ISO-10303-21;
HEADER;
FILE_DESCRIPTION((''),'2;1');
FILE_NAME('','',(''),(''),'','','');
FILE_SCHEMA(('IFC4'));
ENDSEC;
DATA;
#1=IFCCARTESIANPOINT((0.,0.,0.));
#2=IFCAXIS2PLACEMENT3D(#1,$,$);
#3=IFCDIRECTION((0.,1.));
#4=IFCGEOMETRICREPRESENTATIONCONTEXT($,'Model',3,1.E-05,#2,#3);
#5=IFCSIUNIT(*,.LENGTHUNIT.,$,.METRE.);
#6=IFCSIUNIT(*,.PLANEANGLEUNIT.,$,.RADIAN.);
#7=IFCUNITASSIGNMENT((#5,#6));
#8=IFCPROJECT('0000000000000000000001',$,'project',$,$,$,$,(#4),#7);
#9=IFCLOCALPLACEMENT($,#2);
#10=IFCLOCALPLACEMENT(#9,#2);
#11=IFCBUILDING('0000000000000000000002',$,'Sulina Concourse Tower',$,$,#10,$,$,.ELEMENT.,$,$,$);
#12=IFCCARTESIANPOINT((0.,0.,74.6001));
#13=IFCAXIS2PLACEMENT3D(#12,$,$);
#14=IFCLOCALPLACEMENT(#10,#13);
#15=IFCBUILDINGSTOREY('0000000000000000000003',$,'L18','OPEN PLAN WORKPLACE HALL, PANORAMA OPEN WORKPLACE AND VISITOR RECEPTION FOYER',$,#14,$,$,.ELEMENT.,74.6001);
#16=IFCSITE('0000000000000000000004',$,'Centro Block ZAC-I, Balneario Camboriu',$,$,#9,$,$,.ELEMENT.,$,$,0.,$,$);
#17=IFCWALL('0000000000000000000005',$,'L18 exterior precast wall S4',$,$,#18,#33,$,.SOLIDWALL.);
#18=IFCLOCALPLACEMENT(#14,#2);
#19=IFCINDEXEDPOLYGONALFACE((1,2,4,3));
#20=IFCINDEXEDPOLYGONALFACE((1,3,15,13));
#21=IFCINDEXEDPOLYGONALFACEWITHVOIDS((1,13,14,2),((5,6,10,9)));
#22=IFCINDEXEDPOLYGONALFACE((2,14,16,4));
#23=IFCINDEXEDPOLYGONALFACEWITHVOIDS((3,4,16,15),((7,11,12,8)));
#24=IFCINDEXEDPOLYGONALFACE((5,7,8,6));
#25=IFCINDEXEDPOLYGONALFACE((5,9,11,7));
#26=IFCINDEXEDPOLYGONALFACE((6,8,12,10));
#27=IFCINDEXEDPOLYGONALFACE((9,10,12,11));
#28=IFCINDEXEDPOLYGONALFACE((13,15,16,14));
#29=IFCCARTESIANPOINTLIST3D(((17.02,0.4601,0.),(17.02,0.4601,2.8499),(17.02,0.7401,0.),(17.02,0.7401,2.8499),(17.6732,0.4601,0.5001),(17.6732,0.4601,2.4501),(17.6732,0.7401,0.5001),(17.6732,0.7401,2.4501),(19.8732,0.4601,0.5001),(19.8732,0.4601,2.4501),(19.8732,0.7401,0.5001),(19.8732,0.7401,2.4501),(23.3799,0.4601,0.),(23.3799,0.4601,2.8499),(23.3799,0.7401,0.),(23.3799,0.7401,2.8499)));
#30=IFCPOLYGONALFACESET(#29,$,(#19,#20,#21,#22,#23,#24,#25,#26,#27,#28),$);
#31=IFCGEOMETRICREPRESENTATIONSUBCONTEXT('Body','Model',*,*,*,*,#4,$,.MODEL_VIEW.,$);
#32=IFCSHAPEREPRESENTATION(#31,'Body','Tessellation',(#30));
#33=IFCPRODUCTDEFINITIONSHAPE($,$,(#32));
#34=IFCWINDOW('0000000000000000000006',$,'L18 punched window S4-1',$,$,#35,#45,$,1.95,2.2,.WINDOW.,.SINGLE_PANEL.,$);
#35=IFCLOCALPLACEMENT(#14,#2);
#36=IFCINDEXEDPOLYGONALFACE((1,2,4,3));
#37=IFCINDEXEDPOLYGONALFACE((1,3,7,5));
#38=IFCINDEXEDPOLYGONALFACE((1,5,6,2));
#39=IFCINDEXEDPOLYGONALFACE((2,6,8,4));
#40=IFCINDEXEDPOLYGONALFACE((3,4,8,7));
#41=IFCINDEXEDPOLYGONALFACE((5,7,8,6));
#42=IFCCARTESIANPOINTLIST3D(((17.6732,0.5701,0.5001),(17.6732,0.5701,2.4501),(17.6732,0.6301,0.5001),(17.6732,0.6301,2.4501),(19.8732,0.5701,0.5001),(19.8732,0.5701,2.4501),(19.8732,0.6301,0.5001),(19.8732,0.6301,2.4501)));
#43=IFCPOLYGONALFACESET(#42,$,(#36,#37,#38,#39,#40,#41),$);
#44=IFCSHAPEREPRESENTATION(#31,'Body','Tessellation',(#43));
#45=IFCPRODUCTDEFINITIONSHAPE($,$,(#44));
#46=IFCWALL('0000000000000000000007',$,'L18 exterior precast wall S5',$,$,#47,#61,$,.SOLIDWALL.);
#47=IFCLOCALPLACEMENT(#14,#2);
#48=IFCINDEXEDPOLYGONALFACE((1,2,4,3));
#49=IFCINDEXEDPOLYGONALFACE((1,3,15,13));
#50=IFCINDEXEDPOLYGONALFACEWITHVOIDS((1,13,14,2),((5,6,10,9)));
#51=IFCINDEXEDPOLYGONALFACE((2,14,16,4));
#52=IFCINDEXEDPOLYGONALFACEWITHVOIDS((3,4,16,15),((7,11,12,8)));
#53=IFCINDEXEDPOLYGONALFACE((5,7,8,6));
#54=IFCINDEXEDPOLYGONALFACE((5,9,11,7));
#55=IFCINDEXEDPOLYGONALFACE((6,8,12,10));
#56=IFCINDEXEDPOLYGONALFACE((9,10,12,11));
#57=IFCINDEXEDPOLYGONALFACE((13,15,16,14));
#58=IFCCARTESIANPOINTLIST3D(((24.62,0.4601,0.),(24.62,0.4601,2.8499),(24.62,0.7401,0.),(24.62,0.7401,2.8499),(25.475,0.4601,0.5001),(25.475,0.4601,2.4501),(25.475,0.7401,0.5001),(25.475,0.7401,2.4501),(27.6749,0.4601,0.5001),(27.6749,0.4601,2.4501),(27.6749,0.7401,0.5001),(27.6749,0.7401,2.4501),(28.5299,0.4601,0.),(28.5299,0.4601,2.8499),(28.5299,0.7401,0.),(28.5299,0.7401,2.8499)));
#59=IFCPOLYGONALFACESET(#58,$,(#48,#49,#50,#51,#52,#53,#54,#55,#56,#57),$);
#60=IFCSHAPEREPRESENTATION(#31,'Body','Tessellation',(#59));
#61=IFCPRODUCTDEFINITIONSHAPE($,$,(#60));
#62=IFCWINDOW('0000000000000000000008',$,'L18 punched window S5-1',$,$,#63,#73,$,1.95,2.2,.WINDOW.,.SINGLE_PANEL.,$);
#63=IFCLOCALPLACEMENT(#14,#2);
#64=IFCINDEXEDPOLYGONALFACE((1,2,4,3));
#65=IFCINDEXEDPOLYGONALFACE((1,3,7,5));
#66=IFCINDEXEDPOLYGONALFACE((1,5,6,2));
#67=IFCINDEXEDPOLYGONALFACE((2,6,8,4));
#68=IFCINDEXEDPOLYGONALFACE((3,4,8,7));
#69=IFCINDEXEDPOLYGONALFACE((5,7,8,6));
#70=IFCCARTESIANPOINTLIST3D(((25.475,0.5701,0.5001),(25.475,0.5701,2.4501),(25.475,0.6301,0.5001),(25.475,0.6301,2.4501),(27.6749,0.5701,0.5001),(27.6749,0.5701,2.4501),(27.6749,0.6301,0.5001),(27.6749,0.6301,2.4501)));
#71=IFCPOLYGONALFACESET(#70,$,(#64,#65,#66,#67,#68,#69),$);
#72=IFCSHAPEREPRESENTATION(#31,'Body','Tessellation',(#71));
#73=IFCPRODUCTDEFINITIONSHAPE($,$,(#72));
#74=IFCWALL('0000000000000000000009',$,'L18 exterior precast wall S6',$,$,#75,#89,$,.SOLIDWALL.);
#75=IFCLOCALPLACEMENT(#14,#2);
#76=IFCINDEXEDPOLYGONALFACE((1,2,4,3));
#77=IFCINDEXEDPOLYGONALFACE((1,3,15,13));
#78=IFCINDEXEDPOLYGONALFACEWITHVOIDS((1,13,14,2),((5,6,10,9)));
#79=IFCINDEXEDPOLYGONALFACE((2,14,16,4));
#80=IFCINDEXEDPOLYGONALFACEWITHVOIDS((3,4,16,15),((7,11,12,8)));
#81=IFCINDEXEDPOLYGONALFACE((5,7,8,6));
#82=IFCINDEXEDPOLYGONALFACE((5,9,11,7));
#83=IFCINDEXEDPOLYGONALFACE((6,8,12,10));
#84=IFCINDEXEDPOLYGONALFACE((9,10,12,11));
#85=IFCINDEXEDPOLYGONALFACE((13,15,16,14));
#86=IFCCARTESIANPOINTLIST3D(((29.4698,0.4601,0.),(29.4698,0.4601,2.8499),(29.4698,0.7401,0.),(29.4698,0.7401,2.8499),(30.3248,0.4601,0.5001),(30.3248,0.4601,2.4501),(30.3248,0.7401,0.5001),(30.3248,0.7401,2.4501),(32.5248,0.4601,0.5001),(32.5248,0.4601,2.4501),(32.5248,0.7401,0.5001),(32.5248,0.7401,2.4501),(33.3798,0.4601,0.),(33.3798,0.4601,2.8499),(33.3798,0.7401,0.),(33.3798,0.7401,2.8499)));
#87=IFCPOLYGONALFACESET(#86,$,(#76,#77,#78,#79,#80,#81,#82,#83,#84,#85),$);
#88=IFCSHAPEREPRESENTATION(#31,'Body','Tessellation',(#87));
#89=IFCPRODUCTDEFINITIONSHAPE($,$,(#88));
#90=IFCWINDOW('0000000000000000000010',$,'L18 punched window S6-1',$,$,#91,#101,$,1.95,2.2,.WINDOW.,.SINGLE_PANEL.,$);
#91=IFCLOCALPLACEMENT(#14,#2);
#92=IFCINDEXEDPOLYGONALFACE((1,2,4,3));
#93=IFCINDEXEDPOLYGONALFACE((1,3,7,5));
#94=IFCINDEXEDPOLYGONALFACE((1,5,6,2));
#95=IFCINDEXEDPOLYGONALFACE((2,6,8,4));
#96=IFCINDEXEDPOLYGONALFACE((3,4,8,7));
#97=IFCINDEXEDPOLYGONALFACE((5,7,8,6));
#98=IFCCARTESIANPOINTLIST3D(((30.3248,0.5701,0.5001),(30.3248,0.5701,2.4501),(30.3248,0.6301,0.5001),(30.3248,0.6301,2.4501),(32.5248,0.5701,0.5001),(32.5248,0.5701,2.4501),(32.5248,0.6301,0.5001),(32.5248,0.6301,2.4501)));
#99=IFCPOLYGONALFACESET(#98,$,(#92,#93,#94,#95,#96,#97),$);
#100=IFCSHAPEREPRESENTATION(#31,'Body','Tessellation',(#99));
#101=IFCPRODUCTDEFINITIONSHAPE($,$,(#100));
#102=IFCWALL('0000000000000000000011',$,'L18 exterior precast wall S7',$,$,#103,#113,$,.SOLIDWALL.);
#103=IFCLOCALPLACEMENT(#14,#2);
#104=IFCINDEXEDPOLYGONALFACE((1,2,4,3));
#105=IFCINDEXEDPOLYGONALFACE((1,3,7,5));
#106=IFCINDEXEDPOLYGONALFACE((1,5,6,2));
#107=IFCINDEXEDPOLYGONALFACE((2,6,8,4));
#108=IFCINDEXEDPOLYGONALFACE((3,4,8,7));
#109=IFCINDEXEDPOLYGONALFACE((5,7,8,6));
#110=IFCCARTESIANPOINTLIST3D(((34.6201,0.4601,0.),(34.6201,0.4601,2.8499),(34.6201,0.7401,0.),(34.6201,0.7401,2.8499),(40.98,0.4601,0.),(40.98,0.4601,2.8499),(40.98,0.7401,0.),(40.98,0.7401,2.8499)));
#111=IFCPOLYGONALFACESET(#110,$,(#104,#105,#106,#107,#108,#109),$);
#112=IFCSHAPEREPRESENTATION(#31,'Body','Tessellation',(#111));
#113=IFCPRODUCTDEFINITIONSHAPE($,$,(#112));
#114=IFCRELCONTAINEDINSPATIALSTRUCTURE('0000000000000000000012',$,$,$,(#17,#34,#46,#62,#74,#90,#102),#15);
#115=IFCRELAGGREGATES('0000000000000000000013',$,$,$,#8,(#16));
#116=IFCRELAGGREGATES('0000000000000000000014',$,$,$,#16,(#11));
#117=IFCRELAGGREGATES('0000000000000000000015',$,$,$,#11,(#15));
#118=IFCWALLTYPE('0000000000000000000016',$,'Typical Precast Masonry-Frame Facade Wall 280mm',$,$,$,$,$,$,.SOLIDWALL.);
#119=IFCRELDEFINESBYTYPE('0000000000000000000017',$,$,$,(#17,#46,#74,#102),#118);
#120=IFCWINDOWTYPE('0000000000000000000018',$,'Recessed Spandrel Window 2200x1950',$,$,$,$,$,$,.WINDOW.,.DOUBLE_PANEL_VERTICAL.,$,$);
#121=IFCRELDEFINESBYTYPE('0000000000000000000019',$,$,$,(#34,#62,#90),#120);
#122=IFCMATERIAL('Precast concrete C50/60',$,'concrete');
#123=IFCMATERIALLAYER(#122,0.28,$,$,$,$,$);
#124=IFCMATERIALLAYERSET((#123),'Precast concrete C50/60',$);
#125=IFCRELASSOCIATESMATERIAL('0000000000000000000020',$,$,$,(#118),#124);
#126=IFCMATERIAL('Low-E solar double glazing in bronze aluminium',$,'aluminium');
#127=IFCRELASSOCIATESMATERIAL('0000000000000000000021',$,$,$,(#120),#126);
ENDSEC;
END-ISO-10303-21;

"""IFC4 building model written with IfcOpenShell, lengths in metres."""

from ifc_helpers import new_model, si_unit, direction, frame, frame_2d, origin, place, context, subcontext, project, spatial, rectangle, extrude, material, layer, layer_set, type_object, element, fill, save


model = new_model("IFC4")

# Units and contexts
model_context = context("Model", 3, precision=1e-05, world=origin(), true_north=direction((0.0, 1.0)))
body_context = subcontext(model_context, "Body", "Model", "MODEL_VIEW")
ifc_project = project(units=[si_unit("LENGTHUNIT", "METRE"), si_unit("PLANEANGLEUNIT", "RADIAN")], contexts=[model_context])

# Site, building, storey
site_placement = place(None, origin())
site = spatial("IfcSite", under=ifc_project, at=site_placement, Name="Centro Block ZAC-I, Balneario Camboriu", CompositionType="ELEMENT", RefElevation=0.0)
building_placement = place(site_placement, origin())
building = spatial("IfcBuilding", under=site, at=building_placement, Name="Sulina Concourse Tower", CompositionType="ELEMENT")
storey_placement = place(building_placement, frame((0.0, 0.0, 74.6001)))
storey = spatial("IfcBuildingStorey", under=building, at=storey_placement, Name="L18", Description="OPEN PLAN WORKPLACE HALL, PANORAMA OPEN WORKPLACE AND VISITOR RECEPTION FOYER", CompositionType="ELEMENT", Elevation=74.6001)

# Walls, openings, windows
ifc_material_1 = material(Name="Precast concrete C50/60", Category="concrete")
ifc_layer_1 = layer(ifc_material_1, 0.28)
ifc_layer_set_1 = layer_set([ifc_layer_1], Name="Precast concrete C50/60")
wall_type_1 = type_object("IfcWallType", Name="Typical Precast Masonry-Frame Facade Wall 280mm", PredefinedType="SOLIDWALL", material=ifc_layer_set_1)
wall_1_placement = place(storey_placement, frame((23.3799, 0.6001, 0.0), z_axis=(0.0, 0.0, 1.0), x_axis=(-1.0, 0.0, 0.0)))
wall_1 = element("IfcWall", 1, at=wall_1_placement, inside=storey, type_object=wall_type_1, Name="L18 exterior precast wall S4", PredefinedType="SOLIDWALL", context=body_context, shape_type="SweptSolid", body=[
    extrude(rectangle(XDim=6.3599, YDim=0.28, at=frame_2d((3.1799, 0.0))), origin(), (0.0, 0.0, 1.0), 2.8499),
])
opening_1_placement = place(wall_1_placement, frame((3.5066, 0.0, 0.5)))
opening_1 = element("IfcOpeningElement", 2, at=opening_1_placement, cuts=wall_1, PredefinedType="OPENING", context=body_context, shape_type="SweptSolid", body=[
    extrude(rectangle(XDim=2.2, YDim=1.95, at=frame_2d((1.1001, 0.9751))), frame((0.0, 0.1499, 0.0), z_axis=(0.0, -1.0, 0.0), x_axis=(1.0, 0.0, 0.0)), (0.0, 0.0, 1.0), 0.3),
])
ifc_material_2 = material(Name="Low-E solar double glazing in bronze aluminium", Category="aluminium")
window_type = type_object("IfcWindowType", Name="Recessed Spandrel Window 2200x1950", PartitioningType="DOUBLE_PANEL_VERTICAL", PredefinedType="WINDOW", material=ifc_material_2)
window_1_placement = place(opening_1_placement, origin())
window_1 = element("IfcWindow", 3, at=window_1_placement, inside=storey, type_object=window_type, Name="L18 punched window S4-1", OverallHeight=1.95, OverallWidth=2.2, PartitioningType="SINGLE_PANEL", PredefinedType="WINDOW", context=body_context, shape_type="SweptSolid", body=[
    extrude(rectangle(XDim=2.2, YDim=1.95, at=frame_2d((1.1001, 0.9751))), frame((0.0, 0.03, 0.0), z_axis=(0.0, -1.0, 0.0), x_axis=(1.0, 0.0, 0.0)), (0.0, 0.0, 1.0), 0.0601),
])
fill(opening_1, window_1)
wall_2_placement = place(storey_placement, frame((28.53, 0.6001, 0.0), z_axis=(0.0, 0.0, 1.0), x_axis=(-1.0, 0.0, 0.0)))
wall_2 = element("IfcWall", 4, at=wall_2_placement, inside=storey, type_object=wall_type_1, Name="L18 exterior precast wall S5", PredefinedType="SOLIDWALL", context=body_context, shape_type="SweptSolid", body=[
    extrude(rectangle(XDim=3.9099, YDim=0.28, at=frame_2d((1.9551, 0.0))), origin(), (0.0, 0.0, 1.0), 2.8499),
])
opening_2_placement = place(wall_2_placement, frame((0.855, 0.0, 0.5)))
opening_2 = element("IfcOpeningElement", 5, at=opening_2_placement, cuts=wall_2, PredefinedType="OPENING", context=body_context, shape_type="SweptSolid", body=[
    extrude(rectangle(XDim=2.2, YDim=1.95, at=frame_2d((1.1001, 0.9751))), frame((0.0, 0.1499, 0.0), z_axis=(0.0, -1.0, 0.0), x_axis=(1.0, 0.0, 0.0)), (0.0, 0.0, 1.0), 0.3),
])
window_2_placement = place(opening_2_placement, origin())
window_2 = element("IfcWindow", 6, at=window_2_placement, inside=storey, type_object=window_type, Name="L18 punched window S5-1", OverallHeight=1.95, OverallWidth=2.2, PartitioningType="SINGLE_PANEL", PredefinedType="WINDOW", context=body_context, shape_type="SweptSolid", body=[
    extrude(rectangle(XDim=2.2, YDim=1.95, at=frame_2d((1.1001, 0.9751))), frame((0.0, 0.03, 0.0), z_axis=(0.0, -1.0, 0.0), x_axis=(1.0, 0.0, 0.0)), (0.0, 0.0, 1.0), 0.0601),
])
fill(opening_2, window_2)
wall_3_placement = place(storey_placement, frame((33.3799, 0.6001, 0.0), z_axis=(0.0, 0.0, 1.0), x_axis=(-1.0, 0.0, 0.0)))
wall_3 = element("IfcWall", 7, at=wall_3_placement, inside=storey, type_object=wall_type_1, Name="L18 exterior precast wall S6", PredefinedType="SOLIDWALL", context=body_context, shape_type="SweptSolid", body=[
    extrude(rectangle(XDim=3.9099, YDim=0.28, at=frame_2d((1.9551, 0.0))), origin(), (0.0, 0.0, 1.0), 2.8499),
])
opening_3_placement = place(wall_3_placement, frame((0.855, 0.0, 0.5)))
opening_3 = element("IfcOpeningElement", 8, at=opening_3_placement, cuts=wall_3, PredefinedType="OPENING", context=body_context, shape_type="SweptSolid", body=[
    extrude(rectangle(XDim=2.2, YDim=1.95, at=frame_2d((1.1001, 0.9751))), frame((0.0, 0.1499, 0.0), z_axis=(0.0, -1.0, 0.0), x_axis=(1.0, 0.0, 0.0)), (0.0, 0.0, 1.0), 0.3),
])
window_3_placement = place(opening_3_placement, origin())
window_3 = element("IfcWindow", 9, at=window_3_placement, inside=storey, type_object=window_type, Name="L18 punched window S6-1", OverallHeight=1.95, OverallWidth=2.2, PartitioningType="SINGLE_PANEL", PredefinedType="WINDOW", context=body_context, shape_type="SweptSolid", body=[
    extrude(rectangle(XDim=2.2, YDim=1.95, at=frame_2d((1.1001, 0.9751))), frame((0.0, 0.03, 0.0), z_axis=(0.0, -1.0, 0.0), x_axis=(1.0, 0.0, 0.0)), (0.0, 0.0, 1.0), 0.0601),
])
fill(opening_3, window_3)

# Wall
wall_4_placement = place(storey_placement, frame((40.98, 0.6001, 0.0), z_axis=(0.0, 0.0, 1.0), x_axis=(-1.0, 0.0, 0.0)))
element("IfcWall", 10, at=wall_4_placement, inside=storey, type_object=wall_type_1, Name="L18 exterior precast wall S7", PredefinedType="SOLIDWALL", context=body_context, shape_type="SweptSolid", body=[
    extrude(rectangle(XDim=6.3599, YDim=0.28, at=frame_2d((3.1799, 0.0))), origin(), (0.0, 0.0, 1.0), 2.8499),
])

save(model, "model.ifc")
